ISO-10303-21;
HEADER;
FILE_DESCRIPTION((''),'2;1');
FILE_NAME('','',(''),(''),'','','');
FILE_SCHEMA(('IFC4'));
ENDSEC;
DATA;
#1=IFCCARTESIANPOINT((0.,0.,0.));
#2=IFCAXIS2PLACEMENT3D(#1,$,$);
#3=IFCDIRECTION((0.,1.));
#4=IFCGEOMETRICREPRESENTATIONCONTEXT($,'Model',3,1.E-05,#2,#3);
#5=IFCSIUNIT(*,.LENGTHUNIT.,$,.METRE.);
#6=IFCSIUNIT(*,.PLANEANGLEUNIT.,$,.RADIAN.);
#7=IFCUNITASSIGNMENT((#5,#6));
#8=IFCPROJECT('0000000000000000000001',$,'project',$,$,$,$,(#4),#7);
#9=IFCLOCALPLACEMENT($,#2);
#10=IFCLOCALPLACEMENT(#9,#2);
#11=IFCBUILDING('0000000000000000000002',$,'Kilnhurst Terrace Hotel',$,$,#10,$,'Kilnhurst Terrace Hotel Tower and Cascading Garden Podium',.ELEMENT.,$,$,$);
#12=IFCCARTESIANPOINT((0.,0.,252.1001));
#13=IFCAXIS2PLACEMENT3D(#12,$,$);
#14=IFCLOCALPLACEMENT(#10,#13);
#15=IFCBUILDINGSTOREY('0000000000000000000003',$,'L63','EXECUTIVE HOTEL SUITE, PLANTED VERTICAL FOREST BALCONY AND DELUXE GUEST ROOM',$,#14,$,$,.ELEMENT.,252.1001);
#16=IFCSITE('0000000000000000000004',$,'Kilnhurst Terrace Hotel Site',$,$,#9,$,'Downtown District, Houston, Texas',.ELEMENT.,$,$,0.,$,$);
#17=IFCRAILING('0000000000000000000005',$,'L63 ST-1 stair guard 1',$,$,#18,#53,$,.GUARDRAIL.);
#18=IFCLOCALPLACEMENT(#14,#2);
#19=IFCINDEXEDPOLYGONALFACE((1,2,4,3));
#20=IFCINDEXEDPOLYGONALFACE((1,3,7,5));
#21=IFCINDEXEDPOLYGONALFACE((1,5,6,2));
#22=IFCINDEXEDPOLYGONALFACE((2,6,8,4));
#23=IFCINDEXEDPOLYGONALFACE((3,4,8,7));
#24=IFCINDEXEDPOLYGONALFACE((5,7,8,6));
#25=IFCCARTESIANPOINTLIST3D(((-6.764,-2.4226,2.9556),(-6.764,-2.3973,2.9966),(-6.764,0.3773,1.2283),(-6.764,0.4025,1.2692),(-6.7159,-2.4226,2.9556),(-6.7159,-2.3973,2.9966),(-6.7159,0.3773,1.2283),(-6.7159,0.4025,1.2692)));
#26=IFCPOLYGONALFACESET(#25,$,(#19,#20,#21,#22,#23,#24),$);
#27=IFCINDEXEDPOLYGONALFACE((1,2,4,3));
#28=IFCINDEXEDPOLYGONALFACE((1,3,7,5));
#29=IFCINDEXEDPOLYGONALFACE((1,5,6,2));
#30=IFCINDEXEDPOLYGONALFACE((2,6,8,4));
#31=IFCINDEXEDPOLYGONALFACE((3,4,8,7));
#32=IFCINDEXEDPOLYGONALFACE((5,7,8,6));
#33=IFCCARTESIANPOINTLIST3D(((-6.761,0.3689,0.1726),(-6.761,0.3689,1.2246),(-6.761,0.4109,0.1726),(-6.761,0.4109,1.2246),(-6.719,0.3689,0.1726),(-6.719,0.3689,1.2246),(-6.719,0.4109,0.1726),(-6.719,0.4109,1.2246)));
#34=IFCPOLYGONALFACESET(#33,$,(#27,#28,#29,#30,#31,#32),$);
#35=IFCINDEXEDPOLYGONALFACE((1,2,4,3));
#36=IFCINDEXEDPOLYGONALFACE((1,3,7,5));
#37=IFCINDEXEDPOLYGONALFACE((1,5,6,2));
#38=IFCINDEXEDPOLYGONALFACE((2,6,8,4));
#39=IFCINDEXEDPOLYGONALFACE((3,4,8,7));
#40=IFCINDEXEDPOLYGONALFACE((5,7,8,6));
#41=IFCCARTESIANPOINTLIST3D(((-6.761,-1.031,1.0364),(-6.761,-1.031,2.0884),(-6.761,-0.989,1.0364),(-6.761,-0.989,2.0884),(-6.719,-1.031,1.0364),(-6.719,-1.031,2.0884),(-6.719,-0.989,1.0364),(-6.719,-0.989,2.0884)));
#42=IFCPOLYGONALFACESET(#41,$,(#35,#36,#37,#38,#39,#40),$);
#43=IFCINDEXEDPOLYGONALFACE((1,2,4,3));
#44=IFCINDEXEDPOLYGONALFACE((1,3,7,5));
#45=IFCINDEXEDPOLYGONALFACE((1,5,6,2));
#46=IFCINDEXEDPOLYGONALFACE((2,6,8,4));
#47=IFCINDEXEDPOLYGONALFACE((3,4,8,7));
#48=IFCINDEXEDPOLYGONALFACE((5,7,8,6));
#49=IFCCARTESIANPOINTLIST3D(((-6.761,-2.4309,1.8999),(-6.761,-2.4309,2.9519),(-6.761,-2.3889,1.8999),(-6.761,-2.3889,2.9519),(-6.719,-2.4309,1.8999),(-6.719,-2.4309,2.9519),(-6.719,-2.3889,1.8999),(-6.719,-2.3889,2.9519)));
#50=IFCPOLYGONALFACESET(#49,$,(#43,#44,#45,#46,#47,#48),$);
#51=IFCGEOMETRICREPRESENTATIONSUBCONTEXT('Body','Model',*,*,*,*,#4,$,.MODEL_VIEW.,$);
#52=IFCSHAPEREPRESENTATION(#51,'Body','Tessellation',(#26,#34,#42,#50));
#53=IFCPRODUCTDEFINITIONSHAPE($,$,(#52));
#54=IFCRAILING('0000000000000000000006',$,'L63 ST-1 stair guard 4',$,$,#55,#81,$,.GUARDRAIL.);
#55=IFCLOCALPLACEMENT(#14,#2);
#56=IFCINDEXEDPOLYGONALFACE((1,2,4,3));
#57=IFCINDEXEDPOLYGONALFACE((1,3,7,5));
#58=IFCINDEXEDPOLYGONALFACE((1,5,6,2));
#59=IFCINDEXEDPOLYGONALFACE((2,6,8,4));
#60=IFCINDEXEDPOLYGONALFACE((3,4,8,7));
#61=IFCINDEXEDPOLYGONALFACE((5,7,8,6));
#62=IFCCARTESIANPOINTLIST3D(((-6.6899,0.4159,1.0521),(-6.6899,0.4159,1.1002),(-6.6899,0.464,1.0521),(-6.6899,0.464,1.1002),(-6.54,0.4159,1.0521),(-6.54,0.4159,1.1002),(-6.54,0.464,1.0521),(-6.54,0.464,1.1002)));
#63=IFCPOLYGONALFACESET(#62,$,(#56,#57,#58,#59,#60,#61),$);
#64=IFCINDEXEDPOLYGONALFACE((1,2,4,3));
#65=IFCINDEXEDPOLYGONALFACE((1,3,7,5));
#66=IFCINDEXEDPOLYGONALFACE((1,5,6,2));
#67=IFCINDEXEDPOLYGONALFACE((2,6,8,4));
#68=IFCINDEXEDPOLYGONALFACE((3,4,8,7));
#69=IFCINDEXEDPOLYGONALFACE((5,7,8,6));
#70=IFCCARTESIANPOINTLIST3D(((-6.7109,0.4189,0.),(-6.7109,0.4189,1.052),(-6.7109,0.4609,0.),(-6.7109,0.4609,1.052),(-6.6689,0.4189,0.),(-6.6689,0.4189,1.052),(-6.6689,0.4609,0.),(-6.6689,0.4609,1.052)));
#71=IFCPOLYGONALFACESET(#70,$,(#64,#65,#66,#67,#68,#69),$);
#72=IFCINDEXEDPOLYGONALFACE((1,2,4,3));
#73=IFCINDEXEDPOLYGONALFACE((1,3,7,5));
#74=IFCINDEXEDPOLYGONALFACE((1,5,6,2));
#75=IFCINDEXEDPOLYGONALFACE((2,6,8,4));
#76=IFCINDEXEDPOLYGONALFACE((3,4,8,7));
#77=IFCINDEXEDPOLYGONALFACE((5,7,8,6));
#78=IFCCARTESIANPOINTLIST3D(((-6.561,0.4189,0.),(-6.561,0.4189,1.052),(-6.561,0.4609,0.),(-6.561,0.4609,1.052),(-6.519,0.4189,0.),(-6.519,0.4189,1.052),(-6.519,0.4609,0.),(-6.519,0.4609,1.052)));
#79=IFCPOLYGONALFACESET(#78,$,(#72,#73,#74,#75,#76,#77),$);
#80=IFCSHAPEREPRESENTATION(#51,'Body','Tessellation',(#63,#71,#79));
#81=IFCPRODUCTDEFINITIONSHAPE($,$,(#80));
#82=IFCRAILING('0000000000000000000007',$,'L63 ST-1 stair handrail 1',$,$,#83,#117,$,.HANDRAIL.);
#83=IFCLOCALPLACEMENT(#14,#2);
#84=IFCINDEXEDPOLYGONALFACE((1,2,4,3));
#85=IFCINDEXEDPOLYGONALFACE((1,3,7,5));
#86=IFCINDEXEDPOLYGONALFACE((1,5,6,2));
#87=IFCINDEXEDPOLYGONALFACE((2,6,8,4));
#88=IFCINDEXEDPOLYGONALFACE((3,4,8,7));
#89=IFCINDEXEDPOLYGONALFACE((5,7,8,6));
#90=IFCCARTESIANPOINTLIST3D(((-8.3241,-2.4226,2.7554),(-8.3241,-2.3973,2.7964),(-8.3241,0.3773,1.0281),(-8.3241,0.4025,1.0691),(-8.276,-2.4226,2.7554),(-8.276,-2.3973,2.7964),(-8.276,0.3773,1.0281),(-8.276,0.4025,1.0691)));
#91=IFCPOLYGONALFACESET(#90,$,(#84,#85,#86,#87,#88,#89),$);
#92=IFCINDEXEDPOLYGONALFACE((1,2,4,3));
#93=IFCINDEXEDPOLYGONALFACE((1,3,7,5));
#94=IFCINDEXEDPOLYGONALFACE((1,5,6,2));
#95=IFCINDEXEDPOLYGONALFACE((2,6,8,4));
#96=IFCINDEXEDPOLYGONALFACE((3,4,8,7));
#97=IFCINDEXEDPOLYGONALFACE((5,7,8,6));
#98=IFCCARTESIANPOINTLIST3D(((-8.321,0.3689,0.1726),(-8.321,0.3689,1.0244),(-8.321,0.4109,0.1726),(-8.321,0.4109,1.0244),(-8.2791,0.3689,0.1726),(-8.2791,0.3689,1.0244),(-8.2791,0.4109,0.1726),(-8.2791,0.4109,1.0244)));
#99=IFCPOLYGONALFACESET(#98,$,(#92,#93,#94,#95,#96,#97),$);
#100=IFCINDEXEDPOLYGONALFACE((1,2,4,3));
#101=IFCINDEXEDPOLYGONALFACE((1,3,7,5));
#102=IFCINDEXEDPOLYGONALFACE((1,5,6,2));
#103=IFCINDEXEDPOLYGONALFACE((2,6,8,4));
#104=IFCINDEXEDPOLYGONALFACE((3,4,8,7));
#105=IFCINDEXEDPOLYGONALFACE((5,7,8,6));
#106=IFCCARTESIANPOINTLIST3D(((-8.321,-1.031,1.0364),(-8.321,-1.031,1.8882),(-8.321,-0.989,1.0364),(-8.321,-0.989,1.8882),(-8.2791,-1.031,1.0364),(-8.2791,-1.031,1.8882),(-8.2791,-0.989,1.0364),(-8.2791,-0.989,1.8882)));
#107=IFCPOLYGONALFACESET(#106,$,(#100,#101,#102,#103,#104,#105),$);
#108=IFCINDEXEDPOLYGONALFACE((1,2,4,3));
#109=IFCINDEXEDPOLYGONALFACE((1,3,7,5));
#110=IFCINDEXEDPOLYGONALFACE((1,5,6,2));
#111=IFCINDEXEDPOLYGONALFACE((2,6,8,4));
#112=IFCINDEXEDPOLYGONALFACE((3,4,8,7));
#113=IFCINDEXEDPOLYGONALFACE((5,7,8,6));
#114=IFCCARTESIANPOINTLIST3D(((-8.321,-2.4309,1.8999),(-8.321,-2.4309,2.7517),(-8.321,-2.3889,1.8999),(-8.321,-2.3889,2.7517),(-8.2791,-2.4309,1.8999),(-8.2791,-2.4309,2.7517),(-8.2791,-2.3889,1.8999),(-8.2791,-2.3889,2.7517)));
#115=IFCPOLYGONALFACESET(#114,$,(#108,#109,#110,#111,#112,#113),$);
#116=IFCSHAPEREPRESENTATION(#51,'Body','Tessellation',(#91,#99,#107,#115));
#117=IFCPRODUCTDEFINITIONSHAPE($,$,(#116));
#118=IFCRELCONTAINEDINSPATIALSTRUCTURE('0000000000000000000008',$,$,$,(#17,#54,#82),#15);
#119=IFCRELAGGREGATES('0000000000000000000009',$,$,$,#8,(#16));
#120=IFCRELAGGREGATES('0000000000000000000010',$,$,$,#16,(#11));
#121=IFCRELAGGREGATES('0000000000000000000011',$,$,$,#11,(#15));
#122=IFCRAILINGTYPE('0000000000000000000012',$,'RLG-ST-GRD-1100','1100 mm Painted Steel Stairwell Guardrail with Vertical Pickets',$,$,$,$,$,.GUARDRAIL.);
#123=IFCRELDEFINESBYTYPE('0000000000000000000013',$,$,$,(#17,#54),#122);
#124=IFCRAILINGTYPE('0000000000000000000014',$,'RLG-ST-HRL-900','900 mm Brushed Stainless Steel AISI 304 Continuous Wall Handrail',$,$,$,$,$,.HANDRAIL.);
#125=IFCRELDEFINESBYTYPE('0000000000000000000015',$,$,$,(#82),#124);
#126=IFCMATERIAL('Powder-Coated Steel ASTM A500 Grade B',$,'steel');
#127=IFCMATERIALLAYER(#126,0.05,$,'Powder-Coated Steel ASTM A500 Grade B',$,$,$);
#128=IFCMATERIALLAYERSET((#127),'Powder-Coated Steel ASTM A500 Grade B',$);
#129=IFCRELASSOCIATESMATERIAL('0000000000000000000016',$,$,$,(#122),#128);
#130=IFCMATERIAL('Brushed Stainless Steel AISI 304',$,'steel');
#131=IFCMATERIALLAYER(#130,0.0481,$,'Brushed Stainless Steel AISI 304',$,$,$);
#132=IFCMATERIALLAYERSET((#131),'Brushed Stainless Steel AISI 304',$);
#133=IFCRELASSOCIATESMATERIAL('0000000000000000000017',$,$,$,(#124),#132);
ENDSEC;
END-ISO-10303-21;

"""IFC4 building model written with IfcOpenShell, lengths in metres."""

from ifc_helpers import new_model, si_unit, direction, frame, origin, origin_2d, place, context, subcontext, project, spatial, rectangle, extrude, material, layer, layer_set, type_object, element, save


model = new_model("IFC4")

# Units and contexts
model_context = context("Model", 3, precision=1e-05, world=origin(), true_north=direction((0.0, 1.0)))
body_context = subcontext(model_context, "Body", "Model", "MODEL_VIEW")
ifc_project = project(units=[si_unit("LENGTHUNIT", "METRE"), si_unit("PLANEANGLEUNIT", "RADIAN")], contexts=[model_context])

# Site, building, storey
site_placement = place(None, origin())
site = spatial("IfcSite", under=ifc_project, at=site_placement, Name="Kilnhurst Terrace Hotel Site", LongName="Downtown District, Houston, Texas", CompositionType="ELEMENT", RefElevation=0.0)
building_placement = place(site_placement, origin())
building = spatial("IfcBuilding", under=site, at=building_placement, Name="Kilnhurst Terrace Hotel", LongName="Kilnhurst Terrace Hotel Tower and Cascading Garden Podium", CompositionType="ELEMENT")
storey_placement = place(building_placement, frame((0.0, 0.0, 252.1001)))
storey = spatial("IfcBuildingStorey", under=building, at=storey_placement, Name="L63", Description="EXECUTIVE HOTEL SUITE, PLANTED VERTICAL FOREST BALCONY AND DELUXE GUEST ROOM", CompositionType="ELEMENT", Elevation=252.1001)

# Railings
ifc_material_1 = material(Name="Powder-Coated Steel ASTM A500 Grade B", Category="steel")
ifc_layer_1 = layer(ifc_material_1, 0.05, Name="Powder-Coated Steel ASTM A500 Grade B")
ifc_layer_set_1 = layer_set([ifc_layer_1], Name="Powder-Coated Steel ASTM A500 Grade B")
railing_type_1 = type_object("IfcRailingType", Name="RLG-ST-GRD-1100", Description="1100 mm Painted Steel Stairwell Guardrail with Vertical Pickets", PredefinedType="GUARDRAIL", material=ifc_layer_set_1)
railing_1_placement = place(storey_placement, frame((-6.74, 0.3899, 0.1726)))
element("IfcRailing", 1, at=railing_1_placement, inside=storey, type_object=railing_type_1, Name="L63 ST-1 stair guard 1", PredefinedType="GUARDRAIL", context=body_context, shape_type="SweptSolid", body=[
    extrude(rectangle(XDim=0.0481, YDim=0.0481, at=origin_2d()), frame((0.0, 0.0, 1.0762), z_axis=(0.0, -0.851069, 0.525054), x_axis=(1.0, 0.0, 0.0)), (0.0, 0.0, 1.0), 3.2898),
    extrude(rectangle(XDim=0.042, YDim=0.042, at=origin_2d()), origin(), (0.0, 0.0, 1.0), 1.052),
    extrude(rectangle(XDim=0.042, YDim=0.042, at=origin_2d()), frame((0.0, -1.3999, 0.8638)), (0.0, 0.0, 1.0), 1.052),
    extrude(rectangle(XDim=0.042, YDim=0.042, at=origin_2d()), frame((0.0, -2.7998, 1.7273)), (0.0, 0.0, 1.0), 1.052),
])
railing_2_placement = place(storey_placement, frame((-6.6899, 0.4399, 0.0)))
element("IfcRailing", 2, at=railing_2_placement, inside=storey, type_object=railing_type_1, Name="L63 ST-1 stair guard 4", PredefinedType="GUARDRAIL", context=body_context, shape_type="SweptSolid", body=[
    extrude(rectangle(XDim=0.0481, YDim=0.0481, at=origin_2d()), frame((0.0, 0.0, 1.0762), z_axis=(1.0, 0.0, 0.0), x_axis=(0.0, 1.0, 0.0)), (0.0, 0.0, 1.0), 0.1499),
    extrude(rectangle(XDim=0.042, YDim=0.042, at=origin_2d()), origin(), (0.0, 0.0, 1.0), 1.052),
    extrude(rectangle(XDim=0.042, YDim=0.042, at=origin_2d()), frame((0.1499, 0.0, 0.0)), (0.0, 0.0, 1.0), 1.052),
])
ifc_material_2 = material(Name="Brushed Stainless Steel AISI 304", Category="steel")
ifc_layer_2 = layer(ifc_material_2, 0.0481, Name="Brushed Stainless Steel AISI 304")
ifc_layer_set_2 = layer_set([ifc_layer_2], Name="Brushed Stainless Steel AISI 304")
railing_type_2 = type_object("IfcRailingType", Name="RLG-ST-HRL-900", Description="900 mm Brushed Stainless Steel AISI 304 Continuous Wall Handrail", PredefinedType="HANDRAIL", material=ifc_layer_set_2)
railing_3_placement = place(storey_placement, frame((-8.3, 0.3899, 0.1726)))
element("IfcRailing", 3, at=railing_3_placement, inside=storey, type_object=railing_type_2, Name="L63 ST-1 stair handrail 1", PredefinedType="HANDRAIL", context=body_context, shape_type="SweptSolid", body=[
    extrude(rectangle(XDim=0.0481, YDim=0.0481, at=origin_2d()), frame((0.0, 0.0, 0.876), z_axis=(0.0, -0.851069, 0.525054), x_axis=(1.0, 0.0, 0.0)), (0.0, 0.0, 1.0), 3.2898),
    extrude(rectangle(XDim=0.042, YDim=0.042, at=origin_2d()), origin(), (0.0, 0.0, 1.0), 0.8518),
    extrude(rectangle(XDim=0.042, YDim=0.042, at=origin_2d()), frame((0.0, -1.3999, 0.8638)), (0.0, 0.0, 1.0), 0.8518),
    extrude(rectangle(XDim=0.042, YDim=0.042, at=origin_2d()), frame((0.0, -2.7998, 1.7273)), (0.0, 0.0, 1.0), 0.8518),
])

save(model, "model.ifc")
